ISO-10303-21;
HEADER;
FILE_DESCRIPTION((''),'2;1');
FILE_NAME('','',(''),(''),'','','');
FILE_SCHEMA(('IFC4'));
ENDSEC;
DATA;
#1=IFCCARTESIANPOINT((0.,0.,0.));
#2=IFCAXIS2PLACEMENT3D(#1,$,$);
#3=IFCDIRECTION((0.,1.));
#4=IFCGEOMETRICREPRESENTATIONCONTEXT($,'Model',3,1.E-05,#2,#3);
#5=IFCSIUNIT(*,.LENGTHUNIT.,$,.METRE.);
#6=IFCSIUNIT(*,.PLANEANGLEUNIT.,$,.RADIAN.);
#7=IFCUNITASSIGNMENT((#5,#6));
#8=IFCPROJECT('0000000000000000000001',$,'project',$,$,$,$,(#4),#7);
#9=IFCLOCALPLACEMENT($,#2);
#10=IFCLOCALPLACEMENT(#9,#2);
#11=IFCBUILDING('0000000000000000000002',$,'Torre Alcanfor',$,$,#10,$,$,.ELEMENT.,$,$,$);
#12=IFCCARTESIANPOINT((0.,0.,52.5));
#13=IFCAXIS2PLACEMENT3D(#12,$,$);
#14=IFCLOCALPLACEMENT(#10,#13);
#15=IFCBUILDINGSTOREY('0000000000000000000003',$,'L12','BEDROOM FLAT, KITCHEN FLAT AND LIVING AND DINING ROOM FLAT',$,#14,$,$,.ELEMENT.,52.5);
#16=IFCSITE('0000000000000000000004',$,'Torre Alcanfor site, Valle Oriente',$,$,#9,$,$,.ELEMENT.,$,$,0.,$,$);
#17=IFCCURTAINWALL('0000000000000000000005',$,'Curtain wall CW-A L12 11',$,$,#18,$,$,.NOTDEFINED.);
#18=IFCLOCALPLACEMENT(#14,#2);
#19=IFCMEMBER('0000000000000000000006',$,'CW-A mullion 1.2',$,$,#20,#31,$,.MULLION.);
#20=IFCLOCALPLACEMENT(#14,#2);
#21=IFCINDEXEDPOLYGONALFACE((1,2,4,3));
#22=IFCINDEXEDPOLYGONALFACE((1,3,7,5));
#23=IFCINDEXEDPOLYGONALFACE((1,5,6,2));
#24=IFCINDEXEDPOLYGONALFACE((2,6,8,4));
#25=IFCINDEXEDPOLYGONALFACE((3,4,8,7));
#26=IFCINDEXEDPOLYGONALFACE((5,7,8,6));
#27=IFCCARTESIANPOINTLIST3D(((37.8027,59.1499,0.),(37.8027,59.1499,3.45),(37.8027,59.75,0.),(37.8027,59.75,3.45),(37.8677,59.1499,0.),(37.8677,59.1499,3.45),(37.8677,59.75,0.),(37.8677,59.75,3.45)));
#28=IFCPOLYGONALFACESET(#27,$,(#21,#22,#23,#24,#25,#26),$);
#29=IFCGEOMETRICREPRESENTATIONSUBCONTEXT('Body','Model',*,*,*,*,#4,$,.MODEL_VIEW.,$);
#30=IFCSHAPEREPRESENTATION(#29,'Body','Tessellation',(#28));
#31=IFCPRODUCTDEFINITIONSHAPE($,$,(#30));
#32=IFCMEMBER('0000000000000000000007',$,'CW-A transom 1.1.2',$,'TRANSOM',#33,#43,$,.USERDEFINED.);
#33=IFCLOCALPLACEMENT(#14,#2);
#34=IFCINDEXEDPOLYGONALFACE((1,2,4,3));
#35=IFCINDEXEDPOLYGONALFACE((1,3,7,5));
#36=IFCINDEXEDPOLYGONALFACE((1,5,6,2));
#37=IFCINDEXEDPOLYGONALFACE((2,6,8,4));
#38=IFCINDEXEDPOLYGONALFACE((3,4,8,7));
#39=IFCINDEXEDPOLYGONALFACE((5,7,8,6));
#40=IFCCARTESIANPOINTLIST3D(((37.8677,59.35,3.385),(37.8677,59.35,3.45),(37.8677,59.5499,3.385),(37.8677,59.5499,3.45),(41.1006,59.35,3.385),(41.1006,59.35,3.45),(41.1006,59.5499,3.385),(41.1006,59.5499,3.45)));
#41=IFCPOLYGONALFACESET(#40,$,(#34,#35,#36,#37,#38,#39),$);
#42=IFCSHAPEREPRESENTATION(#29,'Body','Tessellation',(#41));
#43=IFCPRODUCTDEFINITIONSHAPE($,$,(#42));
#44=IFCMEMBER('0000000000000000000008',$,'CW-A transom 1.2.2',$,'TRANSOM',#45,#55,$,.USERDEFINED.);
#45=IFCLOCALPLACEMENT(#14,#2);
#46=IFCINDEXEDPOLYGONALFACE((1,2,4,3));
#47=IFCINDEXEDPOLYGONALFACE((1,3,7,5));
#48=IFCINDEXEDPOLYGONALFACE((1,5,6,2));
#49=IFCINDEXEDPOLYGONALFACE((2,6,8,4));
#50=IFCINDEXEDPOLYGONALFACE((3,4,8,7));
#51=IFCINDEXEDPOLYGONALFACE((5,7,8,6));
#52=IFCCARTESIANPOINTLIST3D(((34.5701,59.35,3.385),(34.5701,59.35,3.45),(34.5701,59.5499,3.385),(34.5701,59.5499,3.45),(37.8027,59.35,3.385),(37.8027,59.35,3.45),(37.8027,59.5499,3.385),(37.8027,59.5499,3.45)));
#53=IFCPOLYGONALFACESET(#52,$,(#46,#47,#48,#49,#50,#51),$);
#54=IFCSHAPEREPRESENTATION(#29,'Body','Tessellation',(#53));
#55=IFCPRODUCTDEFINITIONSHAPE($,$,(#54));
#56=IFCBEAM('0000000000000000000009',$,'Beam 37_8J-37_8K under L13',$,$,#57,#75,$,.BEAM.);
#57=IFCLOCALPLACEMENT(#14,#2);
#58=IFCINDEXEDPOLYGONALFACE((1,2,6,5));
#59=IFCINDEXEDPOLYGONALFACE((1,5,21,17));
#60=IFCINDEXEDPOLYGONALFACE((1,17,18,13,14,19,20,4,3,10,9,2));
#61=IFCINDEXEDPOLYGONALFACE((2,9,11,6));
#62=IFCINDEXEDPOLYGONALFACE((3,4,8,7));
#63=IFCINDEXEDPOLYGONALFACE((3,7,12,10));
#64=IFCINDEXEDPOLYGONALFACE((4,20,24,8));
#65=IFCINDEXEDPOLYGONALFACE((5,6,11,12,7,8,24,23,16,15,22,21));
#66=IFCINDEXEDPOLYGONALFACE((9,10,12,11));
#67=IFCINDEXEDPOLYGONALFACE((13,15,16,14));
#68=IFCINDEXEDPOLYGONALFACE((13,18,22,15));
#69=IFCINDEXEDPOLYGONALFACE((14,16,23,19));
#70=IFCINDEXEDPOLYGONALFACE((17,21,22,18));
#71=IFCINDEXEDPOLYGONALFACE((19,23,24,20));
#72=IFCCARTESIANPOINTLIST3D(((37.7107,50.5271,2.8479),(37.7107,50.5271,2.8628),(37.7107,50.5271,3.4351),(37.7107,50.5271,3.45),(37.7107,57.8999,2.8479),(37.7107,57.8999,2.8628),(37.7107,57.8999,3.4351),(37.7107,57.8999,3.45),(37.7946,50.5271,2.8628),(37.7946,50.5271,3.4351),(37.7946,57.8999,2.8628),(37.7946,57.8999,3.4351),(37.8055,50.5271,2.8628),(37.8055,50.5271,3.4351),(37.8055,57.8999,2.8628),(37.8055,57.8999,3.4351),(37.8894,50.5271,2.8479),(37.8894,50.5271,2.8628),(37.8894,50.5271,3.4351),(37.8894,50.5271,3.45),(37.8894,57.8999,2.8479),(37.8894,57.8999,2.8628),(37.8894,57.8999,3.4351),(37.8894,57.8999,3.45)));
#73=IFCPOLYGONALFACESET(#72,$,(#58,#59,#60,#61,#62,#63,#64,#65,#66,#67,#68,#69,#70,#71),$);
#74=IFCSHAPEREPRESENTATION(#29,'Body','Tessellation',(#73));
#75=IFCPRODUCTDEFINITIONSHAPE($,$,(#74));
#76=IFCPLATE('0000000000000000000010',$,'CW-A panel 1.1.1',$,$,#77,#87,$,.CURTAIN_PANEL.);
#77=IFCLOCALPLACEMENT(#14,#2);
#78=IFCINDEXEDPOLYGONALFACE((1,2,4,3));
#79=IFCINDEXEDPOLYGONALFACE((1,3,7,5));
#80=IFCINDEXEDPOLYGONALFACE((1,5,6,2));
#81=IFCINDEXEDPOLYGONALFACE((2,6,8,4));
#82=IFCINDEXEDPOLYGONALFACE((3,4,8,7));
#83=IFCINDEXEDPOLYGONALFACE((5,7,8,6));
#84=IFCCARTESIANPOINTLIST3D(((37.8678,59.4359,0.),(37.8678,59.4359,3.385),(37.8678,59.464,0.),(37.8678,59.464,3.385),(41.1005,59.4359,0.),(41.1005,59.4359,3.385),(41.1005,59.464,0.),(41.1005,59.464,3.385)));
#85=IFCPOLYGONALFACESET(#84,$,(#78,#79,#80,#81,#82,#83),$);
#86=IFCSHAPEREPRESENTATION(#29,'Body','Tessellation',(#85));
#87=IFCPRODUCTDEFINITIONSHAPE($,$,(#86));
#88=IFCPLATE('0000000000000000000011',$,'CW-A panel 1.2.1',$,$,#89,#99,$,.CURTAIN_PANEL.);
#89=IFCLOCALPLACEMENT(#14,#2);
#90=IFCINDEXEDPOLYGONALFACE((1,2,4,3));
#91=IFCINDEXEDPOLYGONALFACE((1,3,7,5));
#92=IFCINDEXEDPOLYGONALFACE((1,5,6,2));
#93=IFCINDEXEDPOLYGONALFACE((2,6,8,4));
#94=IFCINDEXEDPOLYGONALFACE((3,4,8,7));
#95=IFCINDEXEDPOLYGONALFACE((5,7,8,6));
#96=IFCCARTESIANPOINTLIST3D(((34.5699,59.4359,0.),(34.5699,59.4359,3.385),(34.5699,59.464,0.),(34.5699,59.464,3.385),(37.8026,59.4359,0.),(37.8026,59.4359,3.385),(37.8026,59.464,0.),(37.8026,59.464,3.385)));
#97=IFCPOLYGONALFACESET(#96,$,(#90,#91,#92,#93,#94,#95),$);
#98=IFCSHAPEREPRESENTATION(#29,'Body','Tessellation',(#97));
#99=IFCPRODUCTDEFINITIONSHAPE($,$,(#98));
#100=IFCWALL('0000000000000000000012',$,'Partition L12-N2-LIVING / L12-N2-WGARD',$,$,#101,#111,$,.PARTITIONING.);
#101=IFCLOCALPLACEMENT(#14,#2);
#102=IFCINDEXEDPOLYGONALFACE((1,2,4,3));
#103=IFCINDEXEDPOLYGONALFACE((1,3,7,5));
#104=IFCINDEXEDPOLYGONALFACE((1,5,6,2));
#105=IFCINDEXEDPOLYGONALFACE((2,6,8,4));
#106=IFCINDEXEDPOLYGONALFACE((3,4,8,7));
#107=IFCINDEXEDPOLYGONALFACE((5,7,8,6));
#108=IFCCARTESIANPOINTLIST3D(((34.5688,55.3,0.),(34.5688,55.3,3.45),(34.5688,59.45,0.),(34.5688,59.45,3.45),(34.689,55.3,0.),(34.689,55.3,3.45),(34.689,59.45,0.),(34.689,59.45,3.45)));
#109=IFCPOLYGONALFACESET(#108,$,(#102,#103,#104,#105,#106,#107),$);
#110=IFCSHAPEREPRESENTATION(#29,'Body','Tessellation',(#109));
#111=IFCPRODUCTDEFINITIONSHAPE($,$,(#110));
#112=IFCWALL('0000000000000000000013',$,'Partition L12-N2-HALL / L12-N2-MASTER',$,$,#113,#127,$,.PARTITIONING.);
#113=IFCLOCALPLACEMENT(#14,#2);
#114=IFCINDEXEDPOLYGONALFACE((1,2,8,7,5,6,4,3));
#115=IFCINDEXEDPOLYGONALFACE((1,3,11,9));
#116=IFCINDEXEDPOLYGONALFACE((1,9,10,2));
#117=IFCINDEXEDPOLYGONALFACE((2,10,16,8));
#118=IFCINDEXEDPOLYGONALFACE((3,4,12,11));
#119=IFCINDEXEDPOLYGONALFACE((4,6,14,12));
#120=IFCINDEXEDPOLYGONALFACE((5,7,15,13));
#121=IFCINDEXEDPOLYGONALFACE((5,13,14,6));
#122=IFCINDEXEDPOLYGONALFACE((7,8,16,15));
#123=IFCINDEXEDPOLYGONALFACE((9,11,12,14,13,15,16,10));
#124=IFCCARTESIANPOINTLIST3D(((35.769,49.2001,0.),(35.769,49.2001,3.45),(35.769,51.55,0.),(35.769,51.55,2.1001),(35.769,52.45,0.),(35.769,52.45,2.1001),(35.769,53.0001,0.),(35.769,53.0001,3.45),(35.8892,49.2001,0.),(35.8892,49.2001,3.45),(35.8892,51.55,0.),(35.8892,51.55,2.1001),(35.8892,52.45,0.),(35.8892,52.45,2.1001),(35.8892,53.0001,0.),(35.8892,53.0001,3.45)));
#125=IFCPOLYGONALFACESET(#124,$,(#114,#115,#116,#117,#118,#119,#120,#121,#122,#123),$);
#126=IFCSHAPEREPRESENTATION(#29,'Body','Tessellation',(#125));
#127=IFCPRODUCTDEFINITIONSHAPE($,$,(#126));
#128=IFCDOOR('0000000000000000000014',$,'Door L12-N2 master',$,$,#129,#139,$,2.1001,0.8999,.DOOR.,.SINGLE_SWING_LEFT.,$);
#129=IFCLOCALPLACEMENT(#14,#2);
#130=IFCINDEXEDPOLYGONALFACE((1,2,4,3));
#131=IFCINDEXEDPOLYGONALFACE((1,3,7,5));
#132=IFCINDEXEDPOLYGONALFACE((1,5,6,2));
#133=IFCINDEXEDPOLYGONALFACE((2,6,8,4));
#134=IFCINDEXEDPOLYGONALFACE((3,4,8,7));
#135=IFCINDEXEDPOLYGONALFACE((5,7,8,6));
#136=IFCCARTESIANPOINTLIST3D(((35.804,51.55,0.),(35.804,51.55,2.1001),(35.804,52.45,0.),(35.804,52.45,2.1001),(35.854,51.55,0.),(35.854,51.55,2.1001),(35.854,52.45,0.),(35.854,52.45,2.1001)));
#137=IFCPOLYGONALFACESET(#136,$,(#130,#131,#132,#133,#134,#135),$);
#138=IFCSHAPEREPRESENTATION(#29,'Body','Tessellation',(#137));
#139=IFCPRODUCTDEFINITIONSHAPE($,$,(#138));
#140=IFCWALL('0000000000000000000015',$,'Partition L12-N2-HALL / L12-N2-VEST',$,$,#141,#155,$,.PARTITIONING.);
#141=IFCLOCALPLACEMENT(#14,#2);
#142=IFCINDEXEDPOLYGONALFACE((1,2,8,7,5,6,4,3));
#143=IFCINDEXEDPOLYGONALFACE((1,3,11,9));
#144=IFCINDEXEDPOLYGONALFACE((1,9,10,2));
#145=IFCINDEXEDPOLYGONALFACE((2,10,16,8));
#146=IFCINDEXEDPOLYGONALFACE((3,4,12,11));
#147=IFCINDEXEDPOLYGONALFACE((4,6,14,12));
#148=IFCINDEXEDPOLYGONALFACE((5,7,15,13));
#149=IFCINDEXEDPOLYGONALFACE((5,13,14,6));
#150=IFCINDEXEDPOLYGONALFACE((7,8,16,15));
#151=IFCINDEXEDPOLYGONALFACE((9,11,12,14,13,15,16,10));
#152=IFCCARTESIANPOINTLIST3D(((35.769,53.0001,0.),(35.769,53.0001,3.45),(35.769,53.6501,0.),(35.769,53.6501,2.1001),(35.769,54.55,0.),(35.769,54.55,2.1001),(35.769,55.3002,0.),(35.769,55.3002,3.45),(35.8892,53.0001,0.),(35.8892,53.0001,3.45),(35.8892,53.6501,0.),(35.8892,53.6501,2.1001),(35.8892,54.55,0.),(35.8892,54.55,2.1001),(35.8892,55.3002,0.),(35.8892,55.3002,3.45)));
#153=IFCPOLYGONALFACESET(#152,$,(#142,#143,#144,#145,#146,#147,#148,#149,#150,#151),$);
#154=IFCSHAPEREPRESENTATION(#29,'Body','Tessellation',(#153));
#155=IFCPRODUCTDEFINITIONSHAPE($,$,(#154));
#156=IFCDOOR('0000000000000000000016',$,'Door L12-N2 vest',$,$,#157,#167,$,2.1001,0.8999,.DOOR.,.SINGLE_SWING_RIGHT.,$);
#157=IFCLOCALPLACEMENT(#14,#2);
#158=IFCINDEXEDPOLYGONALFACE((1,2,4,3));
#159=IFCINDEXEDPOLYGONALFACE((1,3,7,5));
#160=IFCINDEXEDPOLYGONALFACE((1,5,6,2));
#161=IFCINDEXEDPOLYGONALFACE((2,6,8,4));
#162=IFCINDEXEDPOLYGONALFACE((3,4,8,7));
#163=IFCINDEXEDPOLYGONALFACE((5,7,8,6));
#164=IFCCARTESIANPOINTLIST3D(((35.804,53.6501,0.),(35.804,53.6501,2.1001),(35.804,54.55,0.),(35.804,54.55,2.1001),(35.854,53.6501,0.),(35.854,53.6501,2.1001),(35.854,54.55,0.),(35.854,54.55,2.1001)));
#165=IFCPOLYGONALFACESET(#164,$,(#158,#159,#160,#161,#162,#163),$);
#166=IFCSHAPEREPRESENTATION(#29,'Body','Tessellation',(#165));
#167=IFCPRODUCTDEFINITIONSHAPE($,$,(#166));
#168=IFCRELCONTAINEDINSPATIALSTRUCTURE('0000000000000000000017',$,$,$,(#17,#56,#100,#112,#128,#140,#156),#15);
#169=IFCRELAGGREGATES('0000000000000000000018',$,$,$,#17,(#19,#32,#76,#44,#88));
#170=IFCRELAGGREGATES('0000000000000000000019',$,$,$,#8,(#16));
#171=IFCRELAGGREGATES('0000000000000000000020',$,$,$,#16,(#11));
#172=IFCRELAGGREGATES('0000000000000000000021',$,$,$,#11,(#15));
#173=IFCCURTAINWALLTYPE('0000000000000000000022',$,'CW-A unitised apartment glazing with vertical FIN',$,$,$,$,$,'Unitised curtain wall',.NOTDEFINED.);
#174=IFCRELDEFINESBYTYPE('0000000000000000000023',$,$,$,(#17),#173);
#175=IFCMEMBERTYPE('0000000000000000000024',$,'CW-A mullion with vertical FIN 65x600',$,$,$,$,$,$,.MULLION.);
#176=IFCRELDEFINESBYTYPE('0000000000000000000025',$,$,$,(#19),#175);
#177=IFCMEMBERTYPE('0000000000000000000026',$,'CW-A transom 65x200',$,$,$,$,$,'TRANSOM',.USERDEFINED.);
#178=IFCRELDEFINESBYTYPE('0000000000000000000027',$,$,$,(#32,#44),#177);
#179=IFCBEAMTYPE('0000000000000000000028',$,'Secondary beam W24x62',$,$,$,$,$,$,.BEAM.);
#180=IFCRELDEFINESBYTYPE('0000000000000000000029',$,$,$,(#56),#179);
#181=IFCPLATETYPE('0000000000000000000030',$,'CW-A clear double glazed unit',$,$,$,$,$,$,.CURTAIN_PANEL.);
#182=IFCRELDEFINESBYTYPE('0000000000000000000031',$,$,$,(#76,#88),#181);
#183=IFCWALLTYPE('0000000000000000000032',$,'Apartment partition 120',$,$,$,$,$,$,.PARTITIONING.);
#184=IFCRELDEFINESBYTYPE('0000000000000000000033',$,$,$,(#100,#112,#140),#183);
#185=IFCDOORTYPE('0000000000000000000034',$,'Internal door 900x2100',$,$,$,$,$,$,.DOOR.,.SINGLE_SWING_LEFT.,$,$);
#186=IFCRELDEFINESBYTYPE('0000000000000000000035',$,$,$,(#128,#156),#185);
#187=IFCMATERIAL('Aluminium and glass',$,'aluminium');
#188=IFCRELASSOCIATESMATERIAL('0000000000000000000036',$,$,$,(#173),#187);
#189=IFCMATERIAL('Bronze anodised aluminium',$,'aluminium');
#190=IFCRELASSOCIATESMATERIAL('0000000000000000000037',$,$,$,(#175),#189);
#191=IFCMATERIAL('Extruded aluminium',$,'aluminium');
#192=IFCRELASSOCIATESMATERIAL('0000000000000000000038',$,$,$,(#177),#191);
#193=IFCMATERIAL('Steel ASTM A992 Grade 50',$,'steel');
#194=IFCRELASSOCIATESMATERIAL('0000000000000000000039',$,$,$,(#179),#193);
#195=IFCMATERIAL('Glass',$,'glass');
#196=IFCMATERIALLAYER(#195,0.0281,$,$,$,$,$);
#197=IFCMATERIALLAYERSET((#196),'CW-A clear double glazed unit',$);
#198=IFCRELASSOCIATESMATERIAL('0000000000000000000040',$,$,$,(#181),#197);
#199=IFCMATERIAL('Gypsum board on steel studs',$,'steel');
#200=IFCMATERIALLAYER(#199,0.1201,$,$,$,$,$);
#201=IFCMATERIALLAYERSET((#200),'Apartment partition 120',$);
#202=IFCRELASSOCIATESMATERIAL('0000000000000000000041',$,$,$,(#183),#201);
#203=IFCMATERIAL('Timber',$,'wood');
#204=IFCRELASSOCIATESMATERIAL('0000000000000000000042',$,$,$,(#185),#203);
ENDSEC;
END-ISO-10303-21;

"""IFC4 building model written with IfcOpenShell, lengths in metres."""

from ifc_helpers import new_model, si_unit, direction, frame, frame_2d, origin, origin_2d, place, context, subcontext, project, spatial, rectangle, i_section, extrude, material, layer, layer_set, material_profile, profile_set, type_object, element, fill, aggregate, save


model = new_model("IFC4")

# Units and contexts
model_context = context("Model", 3, precision=1e-05, world=origin(), true_north=direction((0.0, 1.0)))
body_context = subcontext(model_context, "Body", "Model", "MODEL_VIEW")
ifc_project = project(units=[si_unit("LENGTHUNIT", "METRE"), si_unit("PLANEANGLEUNIT", "RADIAN")], contexts=[model_context])

# Site, building, storey
site_placement = place(None, origin())
site = spatial("IfcSite", under=ifc_project, at=site_placement, Name="Torre Alcanfor site, Valle Oriente", CompositionType="ELEMENT", RefElevation=0.0)
building_placement = place(site_placement, origin())
building = spatial("IfcBuilding", under=site, at=building_placement, Name="Torre Alcanfor", CompositionType="ELEMENT")
storey_placement = place(building_placement, frame((0.0, 0.0, 52.5)))
storey = spatial("IfcBuildingStorey", under=building, at=storey_placement, Name="L12", Description="BEDROOM FLAT, KITCHEN FLAT AND LIVING AND DINING ROOM FLAT", CompositionType="ELEMENT", Elevation=52.5)

# Curtain wall, members
ifc_material_1 = material(Name="Aluminium and glass", Category="aluminium")
curtain_wall_type = type_object("IfcCurtainWallType", Name="CW-A unitised apartment glazing with vertical FIN", ElementType="Unitised curtain wall", PredefinedType="NOTDEFINED", material=ifc_material_1)
curtain_wall_placement = place(storey_placement, origin())
curtain_wall = element("IfcCurtainWall", 1, at=curtain_wall_placement, inside=storey, type_object=curtain_wall_type, Name="Curtain wall CW-A L12 11", PredefinedType="NOTDEFINED")
ifc_material_2 = material(Name="Bronze anodised aluminium", Category="aluminium")
ifc_material_profile_1 = material_profile(ifc_material_2, rectangle(XDim=0.6001, YDim=0.0649, at=origin_2d()), Name="CW-A mullion 65x600")
ifc_profile_set_1 = profile_set([ifc_material_profile_1], Name="Bronze anodised aluminium")
member_type_1 = type_object("IfcMemberType", Name="CW-A mullion with vertical FIN 65x600", PredefinedType="MULLION", material=ifc_profile_set_1)
member_1_placement = place(storey_placement, frame((37.8352, 59.45, 0.0), z_axis=(0.0, 0.0, 1.0), x_axis=(0.0, -1.0, 0.0)))
member_1 = element("IfcMember", 2, at=member_1_placement, type_object=member_type_1, Name="CW-A mullion 1.2", PredefinedType="MULLION", context=body_context, shape_type="SweptSolid", body=[
    extrude(rectangle(XDim=0.6001, YDim=0.0649, at=origin_2d()), origin(), (0.0, 0.0, 1.0), 3.45),
])
ifc_material_3 = material(Name="Extruded aluminium", Category="aluminium")
ifc_material_profile_2 = material_profile(ifc_material_3, rectangle(XDim=0.2, YDim=0.0649, at=origin_2d()), Name="CW-A transom 200x65")
ifc_profile_set_2 = profile_set([ifc_material_profile_2], Name="Extruded aluminium")
member_type_2 = type_object("IfcMemberType", Name="CW-A transom 65x200", ElementType="TRANSOM", PredefinedType="USERDEFINED", material=ifc_profile_set_2)
member_2_placement = place(storey_placement, frame((41.1006, 59.45, 3.4175), z_axis=(-1.0, 0.0, 0.0), x_axis=(0.0, -1.0, 0.0)))
member_2 = element("IfcMember", 3, at=member_2_placement, type_object=member_type_2, Name="CW-A transom 1.1.2", ObjectType="TRANSOM", PredefinedType="USERDEFINED", context=body_context, shape_type="SweptSolid", body=[
    extrude(rectangle(XDim=0.2, YDim=0.0649, at=origin_2d()), origin(), (0.0, 0.0, 1.0), 3.2329),
])
member_3_placement = place(storey_placement, frame((37.8027, 59.45, 3.4175), z_axis=(-1.0, 0.0, 0.0), x_axis=(0.0, -1.0, 0.0)))
member_3 = element("IfcMember", 4, at=member_3_placement, type_object=member_type_2, Name="CW-A transom 1.2.2", ObjectType="TRANSOM", PredefinedType="USERDEFINED", context=body_context, shape_type="SweptSolid", body=[
    extrude(rectangle(XDim=0.2, YDim=0.0649, at=origin_2d()), origin(), (0.0, 0.0, 1.0), 3.2327),
])

# Beam
ifc_material_4 = material(Name="Steel ASTM A992 Grade 50", Category="steel")
ifc_material_profile_3 = material_profile(ifc_material_4, i_section(OverallWidth=0.1787, OverallDepth=0.6021, WebThickness=0.011, FlangeThickness=0.0149, at=origin_2d()), Name="W24x62")
ifc_profile_set_3 = profile_set([ifc_material_profile_3], Name="Steel ASTM A992 Grade 50")
beam_type = type_object("IfcBeamType", Name="Secondary beam W24x62", PredefinedType="BEAM", material=ifc_profile_set_3)
beam_placement = place(storey_placement, frame((37.8, 50.5271, 3.1489), z_axis=(0.0, 1.0, 0.0), x_axis=(-1.0, 0.0, 0.0)))
element("IfcBeam", 5, at=beam_placement, inside=storey, type_object=beam_type, Name="Beam 37_8J-37_8K under L13", PredefinedType="BEAM", context=body_context, shape_type="SweptSolid", body=[
    extrude(i_section(OverallWidth=0.1787, OverallDepth=0.6021, WebThickness=0.011, FlangeThickness=0.0149, at=origin_2d()), origin(), (0.0, 0.0, 1.0), 7.3728),
])

# Plates
ifc_material_5 = material(Name="Glass", Category="glass")
ifc_layer_1 = layer(ifc_material_5, 0.0281)
ifc_layer_set_1 = layer_set([ifc_layer_1], Name="CW-A clear double glazed unit")
plate_type = type_object("IfcPlateType", Name="CW-A clear double glazed unit", PredefinedType="CURTAIN_PANEL", material=ifc_layer_set_1)
plate_1_placement = place(storey_placement, frame((39.4841, 59.45, 0.0), z_axis=(0.0, 0.0, 1.0), x_axis=(-1.0, 0.0, 0.0)))
plate_1 = element("IfcPlate", 6, at=plate_1_placement, type_object=plate_type, Name="CW-A panel 1.1.1", PredefinedType="CURTAIN_PANEL", context=body_context, shape_type="SweptSolid", body=[
    extrude(rectangle(XDim=3.2327, YDim=0.0281, at=origin_2d()), origin(), (0.0, 0.0, 1.0), 3.385),
])
plate_2_placement = place(storey_placement, frame((36.1863, 59.45, 0.0), z_axis=(0.0, 0.0, 1.0), x_axis=(-1.0, 0.0, 0.0)))
plate_2 = element("IfcPlate", 7, at=plate_2_placement, type_object=plate_type, Name="CW-A panel 1.2.1", PredefinedType="CURTAIN_PANEL", context=body_context, shape_type="SweptSolid", body=[
    extrude(rectangle(XDim=3.2327, YDim=0.0281, at=origin_2d()), origin(), (0.0, 0.0, 1.0), 3.385),
])
aggregate(curtain_wall, [member_1, member_2, plate_1, member_3, plate_2])

# Wall
ifc_material_6 = material(Name="Gypsum board on steel studs", Category="steel")
ifc_layer_2 = layer(ifc_material_6, 0.1201)
ifc_layer_set_2 = layer_set([ifc_layer_2], Name="Apartment partition 120")
wall_type_1 = type_object("IfcWallType", Name="Apartment partition 120", PredefinedType="PARTITIONING", material=ifc_layer_set_2)
wall_1_placement = place(storey_placement, frame((34.6289, 59.45, 0.0), z_axis=(0.0, 0.0, 1.0), x_axis=(0.0, -1.0, 0.0)))
element("IfcWall", 8, at=wall_1_placement, inside=storey, type_object=wall_type_1, Name="Partition L12-N2-LIVING / L12-N2-WGARD", PredefinedType="PARTITIONING", context=body_context, shape_type="SweptSolid", body=[
    extrude(rectangle(XDim=4.1499, YDim=0.1201, at=frame_2d((2.075, 0.0))), origin(), (0.0, 0.0, 1.0), 3.45),
])

# Walls, openings, doors
wall_2_placement = place(storey_placement, frame((35.8291, 53.0, 0.0), z_axis=(0.0, 0.0, 1.0), x_axis=(0.0, -1.0, 0.0)))
wall_2 = element("IfcWall", 9, at=wall_2_placement, inside=storey, type_object=wall_type_1, Name="Partition L12-N2-HALL / L12-N2-MASTER", PredefinedType="PARTITIONING", context=body_context, shape_type="SweptSolid", body=[
    extrude(rectangle(XDim=3.8, YDim=0.1201, at=frame_2d((1.8999, 0.0))), origin(), (0.0, 0.0, 1.0), 3.45),
])
opening_1_placement = place(wall_2_placement, frame((0.55, 0.0, 0.0)))
opening_1 = element("IfcOpeningElement", 10, at=opening_1_placement, cuts=wall_2, PredefinedType="OPENING", context=body_context, shape_type="SweptSolid", body=[
    extrude(rectangle(XDim=0.8999, YDim=2.1001, at=frame_2d((0.45, 1.05))), frame((0.0, 0.0701, 0.0), z_axis=(0.0, -1.0, 0.0), x_axis=(1.0, 0.0, 0.0)), (0.0, 0.0, 1.0), 0.1401),
])
ifc_material_7 = material(Name="Timber", Category="wood")
door_type_1 = type_object("IfcDoorType", Name="Internal door 900x2100", OperationType="SINGLE_SWING_LEFT", PredefinedType="DOOR", material=ifc_material_7)
door_1_placement = place(opening_1_placement, origin())
door_1 = element("IfcDoor", 11, at=door_1_placement, inside=storey, type_object=door_type_1, Name="Door L12-N2 master", OperationType="SINGLE_SWING_LEFT", OverallHeight=2.1001, OverallWidth=0.8999, PredefinedType="DOOR", context=body_context, shape_type="SweptSolid", body=[
    extrude(rectangle(XDim=0.8999, YDim=2.1001, at=frame_2d((0.45, 1.05))), frame((0.0, 0.0249, 0.0), z_axis=(0.0, -1.0, 0.0), x_axis=(1.0, 0.0, 0.0)), (0.0, 0.0, 1.0), 0.05),
])
fill(opening_1, door_1)
wall_3_placement = place(storey_placement, frame((35.8291, 55.3, 0.0), z_axis=(0.0, 0.0, 1.0), x_axis=(0.0, -1.0, 0.0)))
wall_3 = element("IfcWall", 12, at=wall_3_placement, inside=storey, type_object=wall_type_1, Name="Partition L12-N2-HALL / L12-N2-VEST", PredefinedType="PARTITIONING", context=body_context, shape_type="SweptSolid", body=[
    extrude(rectangle(XDim=2.3, YDim=0.1201, at=frame_2d((1.1499, 0.0))), origin(), (0.0, 0.0, 1.0), 3.45),
])
opening_2_placement = place(wall_3_placement, frame((0.75, 0.0, 0.0)))
opening_2 = element("IfcOpeningElement", 13, at=opening_2_placement, cuts=wall_3, PredefinedType="OPENING", context=body_context, shape_type="SweptSolid", body=[
    extrude(rectangle(XDim=0.8999, YDim=2.1001, at=frame_2d((0.45, 1.05))), frame((0.0, 0.0701, 0.0), z_axis=(0.0, -1.0, 0.0), x_axis=(1.0, 0.0, 0.0)), (0.0, 0.0, 1.0), 0.1401),
])
door_2_placement = place(opening_2_placement, origin())
door_2 = element("IfcDoor", 14, at=door_2_placement, inside=storey, type_object=door_type_1, Name="Door L12-N2 vest", OperationType="SINGLE_SWING_RIGHT", OverallHeight=2.1001, OverallWidth=0.8999, PredefinedType="DOOR", context=body_context, shape_type="SweptSolid", body=[
    extrude(rectangle(XDim=0.8999, YDim=2.1001, at=frame_2d((0.45, 1.05))), frame((0.0, 0.0249, 0.0), z_axis=(0.0, -1.0, 0.0), x_axis=(1.0, 0.0, 0.0)), (0.0, 0.0, 1.0), 0.05),
])
fill(opening_2, door_2)

save(model, "model.ifc")
